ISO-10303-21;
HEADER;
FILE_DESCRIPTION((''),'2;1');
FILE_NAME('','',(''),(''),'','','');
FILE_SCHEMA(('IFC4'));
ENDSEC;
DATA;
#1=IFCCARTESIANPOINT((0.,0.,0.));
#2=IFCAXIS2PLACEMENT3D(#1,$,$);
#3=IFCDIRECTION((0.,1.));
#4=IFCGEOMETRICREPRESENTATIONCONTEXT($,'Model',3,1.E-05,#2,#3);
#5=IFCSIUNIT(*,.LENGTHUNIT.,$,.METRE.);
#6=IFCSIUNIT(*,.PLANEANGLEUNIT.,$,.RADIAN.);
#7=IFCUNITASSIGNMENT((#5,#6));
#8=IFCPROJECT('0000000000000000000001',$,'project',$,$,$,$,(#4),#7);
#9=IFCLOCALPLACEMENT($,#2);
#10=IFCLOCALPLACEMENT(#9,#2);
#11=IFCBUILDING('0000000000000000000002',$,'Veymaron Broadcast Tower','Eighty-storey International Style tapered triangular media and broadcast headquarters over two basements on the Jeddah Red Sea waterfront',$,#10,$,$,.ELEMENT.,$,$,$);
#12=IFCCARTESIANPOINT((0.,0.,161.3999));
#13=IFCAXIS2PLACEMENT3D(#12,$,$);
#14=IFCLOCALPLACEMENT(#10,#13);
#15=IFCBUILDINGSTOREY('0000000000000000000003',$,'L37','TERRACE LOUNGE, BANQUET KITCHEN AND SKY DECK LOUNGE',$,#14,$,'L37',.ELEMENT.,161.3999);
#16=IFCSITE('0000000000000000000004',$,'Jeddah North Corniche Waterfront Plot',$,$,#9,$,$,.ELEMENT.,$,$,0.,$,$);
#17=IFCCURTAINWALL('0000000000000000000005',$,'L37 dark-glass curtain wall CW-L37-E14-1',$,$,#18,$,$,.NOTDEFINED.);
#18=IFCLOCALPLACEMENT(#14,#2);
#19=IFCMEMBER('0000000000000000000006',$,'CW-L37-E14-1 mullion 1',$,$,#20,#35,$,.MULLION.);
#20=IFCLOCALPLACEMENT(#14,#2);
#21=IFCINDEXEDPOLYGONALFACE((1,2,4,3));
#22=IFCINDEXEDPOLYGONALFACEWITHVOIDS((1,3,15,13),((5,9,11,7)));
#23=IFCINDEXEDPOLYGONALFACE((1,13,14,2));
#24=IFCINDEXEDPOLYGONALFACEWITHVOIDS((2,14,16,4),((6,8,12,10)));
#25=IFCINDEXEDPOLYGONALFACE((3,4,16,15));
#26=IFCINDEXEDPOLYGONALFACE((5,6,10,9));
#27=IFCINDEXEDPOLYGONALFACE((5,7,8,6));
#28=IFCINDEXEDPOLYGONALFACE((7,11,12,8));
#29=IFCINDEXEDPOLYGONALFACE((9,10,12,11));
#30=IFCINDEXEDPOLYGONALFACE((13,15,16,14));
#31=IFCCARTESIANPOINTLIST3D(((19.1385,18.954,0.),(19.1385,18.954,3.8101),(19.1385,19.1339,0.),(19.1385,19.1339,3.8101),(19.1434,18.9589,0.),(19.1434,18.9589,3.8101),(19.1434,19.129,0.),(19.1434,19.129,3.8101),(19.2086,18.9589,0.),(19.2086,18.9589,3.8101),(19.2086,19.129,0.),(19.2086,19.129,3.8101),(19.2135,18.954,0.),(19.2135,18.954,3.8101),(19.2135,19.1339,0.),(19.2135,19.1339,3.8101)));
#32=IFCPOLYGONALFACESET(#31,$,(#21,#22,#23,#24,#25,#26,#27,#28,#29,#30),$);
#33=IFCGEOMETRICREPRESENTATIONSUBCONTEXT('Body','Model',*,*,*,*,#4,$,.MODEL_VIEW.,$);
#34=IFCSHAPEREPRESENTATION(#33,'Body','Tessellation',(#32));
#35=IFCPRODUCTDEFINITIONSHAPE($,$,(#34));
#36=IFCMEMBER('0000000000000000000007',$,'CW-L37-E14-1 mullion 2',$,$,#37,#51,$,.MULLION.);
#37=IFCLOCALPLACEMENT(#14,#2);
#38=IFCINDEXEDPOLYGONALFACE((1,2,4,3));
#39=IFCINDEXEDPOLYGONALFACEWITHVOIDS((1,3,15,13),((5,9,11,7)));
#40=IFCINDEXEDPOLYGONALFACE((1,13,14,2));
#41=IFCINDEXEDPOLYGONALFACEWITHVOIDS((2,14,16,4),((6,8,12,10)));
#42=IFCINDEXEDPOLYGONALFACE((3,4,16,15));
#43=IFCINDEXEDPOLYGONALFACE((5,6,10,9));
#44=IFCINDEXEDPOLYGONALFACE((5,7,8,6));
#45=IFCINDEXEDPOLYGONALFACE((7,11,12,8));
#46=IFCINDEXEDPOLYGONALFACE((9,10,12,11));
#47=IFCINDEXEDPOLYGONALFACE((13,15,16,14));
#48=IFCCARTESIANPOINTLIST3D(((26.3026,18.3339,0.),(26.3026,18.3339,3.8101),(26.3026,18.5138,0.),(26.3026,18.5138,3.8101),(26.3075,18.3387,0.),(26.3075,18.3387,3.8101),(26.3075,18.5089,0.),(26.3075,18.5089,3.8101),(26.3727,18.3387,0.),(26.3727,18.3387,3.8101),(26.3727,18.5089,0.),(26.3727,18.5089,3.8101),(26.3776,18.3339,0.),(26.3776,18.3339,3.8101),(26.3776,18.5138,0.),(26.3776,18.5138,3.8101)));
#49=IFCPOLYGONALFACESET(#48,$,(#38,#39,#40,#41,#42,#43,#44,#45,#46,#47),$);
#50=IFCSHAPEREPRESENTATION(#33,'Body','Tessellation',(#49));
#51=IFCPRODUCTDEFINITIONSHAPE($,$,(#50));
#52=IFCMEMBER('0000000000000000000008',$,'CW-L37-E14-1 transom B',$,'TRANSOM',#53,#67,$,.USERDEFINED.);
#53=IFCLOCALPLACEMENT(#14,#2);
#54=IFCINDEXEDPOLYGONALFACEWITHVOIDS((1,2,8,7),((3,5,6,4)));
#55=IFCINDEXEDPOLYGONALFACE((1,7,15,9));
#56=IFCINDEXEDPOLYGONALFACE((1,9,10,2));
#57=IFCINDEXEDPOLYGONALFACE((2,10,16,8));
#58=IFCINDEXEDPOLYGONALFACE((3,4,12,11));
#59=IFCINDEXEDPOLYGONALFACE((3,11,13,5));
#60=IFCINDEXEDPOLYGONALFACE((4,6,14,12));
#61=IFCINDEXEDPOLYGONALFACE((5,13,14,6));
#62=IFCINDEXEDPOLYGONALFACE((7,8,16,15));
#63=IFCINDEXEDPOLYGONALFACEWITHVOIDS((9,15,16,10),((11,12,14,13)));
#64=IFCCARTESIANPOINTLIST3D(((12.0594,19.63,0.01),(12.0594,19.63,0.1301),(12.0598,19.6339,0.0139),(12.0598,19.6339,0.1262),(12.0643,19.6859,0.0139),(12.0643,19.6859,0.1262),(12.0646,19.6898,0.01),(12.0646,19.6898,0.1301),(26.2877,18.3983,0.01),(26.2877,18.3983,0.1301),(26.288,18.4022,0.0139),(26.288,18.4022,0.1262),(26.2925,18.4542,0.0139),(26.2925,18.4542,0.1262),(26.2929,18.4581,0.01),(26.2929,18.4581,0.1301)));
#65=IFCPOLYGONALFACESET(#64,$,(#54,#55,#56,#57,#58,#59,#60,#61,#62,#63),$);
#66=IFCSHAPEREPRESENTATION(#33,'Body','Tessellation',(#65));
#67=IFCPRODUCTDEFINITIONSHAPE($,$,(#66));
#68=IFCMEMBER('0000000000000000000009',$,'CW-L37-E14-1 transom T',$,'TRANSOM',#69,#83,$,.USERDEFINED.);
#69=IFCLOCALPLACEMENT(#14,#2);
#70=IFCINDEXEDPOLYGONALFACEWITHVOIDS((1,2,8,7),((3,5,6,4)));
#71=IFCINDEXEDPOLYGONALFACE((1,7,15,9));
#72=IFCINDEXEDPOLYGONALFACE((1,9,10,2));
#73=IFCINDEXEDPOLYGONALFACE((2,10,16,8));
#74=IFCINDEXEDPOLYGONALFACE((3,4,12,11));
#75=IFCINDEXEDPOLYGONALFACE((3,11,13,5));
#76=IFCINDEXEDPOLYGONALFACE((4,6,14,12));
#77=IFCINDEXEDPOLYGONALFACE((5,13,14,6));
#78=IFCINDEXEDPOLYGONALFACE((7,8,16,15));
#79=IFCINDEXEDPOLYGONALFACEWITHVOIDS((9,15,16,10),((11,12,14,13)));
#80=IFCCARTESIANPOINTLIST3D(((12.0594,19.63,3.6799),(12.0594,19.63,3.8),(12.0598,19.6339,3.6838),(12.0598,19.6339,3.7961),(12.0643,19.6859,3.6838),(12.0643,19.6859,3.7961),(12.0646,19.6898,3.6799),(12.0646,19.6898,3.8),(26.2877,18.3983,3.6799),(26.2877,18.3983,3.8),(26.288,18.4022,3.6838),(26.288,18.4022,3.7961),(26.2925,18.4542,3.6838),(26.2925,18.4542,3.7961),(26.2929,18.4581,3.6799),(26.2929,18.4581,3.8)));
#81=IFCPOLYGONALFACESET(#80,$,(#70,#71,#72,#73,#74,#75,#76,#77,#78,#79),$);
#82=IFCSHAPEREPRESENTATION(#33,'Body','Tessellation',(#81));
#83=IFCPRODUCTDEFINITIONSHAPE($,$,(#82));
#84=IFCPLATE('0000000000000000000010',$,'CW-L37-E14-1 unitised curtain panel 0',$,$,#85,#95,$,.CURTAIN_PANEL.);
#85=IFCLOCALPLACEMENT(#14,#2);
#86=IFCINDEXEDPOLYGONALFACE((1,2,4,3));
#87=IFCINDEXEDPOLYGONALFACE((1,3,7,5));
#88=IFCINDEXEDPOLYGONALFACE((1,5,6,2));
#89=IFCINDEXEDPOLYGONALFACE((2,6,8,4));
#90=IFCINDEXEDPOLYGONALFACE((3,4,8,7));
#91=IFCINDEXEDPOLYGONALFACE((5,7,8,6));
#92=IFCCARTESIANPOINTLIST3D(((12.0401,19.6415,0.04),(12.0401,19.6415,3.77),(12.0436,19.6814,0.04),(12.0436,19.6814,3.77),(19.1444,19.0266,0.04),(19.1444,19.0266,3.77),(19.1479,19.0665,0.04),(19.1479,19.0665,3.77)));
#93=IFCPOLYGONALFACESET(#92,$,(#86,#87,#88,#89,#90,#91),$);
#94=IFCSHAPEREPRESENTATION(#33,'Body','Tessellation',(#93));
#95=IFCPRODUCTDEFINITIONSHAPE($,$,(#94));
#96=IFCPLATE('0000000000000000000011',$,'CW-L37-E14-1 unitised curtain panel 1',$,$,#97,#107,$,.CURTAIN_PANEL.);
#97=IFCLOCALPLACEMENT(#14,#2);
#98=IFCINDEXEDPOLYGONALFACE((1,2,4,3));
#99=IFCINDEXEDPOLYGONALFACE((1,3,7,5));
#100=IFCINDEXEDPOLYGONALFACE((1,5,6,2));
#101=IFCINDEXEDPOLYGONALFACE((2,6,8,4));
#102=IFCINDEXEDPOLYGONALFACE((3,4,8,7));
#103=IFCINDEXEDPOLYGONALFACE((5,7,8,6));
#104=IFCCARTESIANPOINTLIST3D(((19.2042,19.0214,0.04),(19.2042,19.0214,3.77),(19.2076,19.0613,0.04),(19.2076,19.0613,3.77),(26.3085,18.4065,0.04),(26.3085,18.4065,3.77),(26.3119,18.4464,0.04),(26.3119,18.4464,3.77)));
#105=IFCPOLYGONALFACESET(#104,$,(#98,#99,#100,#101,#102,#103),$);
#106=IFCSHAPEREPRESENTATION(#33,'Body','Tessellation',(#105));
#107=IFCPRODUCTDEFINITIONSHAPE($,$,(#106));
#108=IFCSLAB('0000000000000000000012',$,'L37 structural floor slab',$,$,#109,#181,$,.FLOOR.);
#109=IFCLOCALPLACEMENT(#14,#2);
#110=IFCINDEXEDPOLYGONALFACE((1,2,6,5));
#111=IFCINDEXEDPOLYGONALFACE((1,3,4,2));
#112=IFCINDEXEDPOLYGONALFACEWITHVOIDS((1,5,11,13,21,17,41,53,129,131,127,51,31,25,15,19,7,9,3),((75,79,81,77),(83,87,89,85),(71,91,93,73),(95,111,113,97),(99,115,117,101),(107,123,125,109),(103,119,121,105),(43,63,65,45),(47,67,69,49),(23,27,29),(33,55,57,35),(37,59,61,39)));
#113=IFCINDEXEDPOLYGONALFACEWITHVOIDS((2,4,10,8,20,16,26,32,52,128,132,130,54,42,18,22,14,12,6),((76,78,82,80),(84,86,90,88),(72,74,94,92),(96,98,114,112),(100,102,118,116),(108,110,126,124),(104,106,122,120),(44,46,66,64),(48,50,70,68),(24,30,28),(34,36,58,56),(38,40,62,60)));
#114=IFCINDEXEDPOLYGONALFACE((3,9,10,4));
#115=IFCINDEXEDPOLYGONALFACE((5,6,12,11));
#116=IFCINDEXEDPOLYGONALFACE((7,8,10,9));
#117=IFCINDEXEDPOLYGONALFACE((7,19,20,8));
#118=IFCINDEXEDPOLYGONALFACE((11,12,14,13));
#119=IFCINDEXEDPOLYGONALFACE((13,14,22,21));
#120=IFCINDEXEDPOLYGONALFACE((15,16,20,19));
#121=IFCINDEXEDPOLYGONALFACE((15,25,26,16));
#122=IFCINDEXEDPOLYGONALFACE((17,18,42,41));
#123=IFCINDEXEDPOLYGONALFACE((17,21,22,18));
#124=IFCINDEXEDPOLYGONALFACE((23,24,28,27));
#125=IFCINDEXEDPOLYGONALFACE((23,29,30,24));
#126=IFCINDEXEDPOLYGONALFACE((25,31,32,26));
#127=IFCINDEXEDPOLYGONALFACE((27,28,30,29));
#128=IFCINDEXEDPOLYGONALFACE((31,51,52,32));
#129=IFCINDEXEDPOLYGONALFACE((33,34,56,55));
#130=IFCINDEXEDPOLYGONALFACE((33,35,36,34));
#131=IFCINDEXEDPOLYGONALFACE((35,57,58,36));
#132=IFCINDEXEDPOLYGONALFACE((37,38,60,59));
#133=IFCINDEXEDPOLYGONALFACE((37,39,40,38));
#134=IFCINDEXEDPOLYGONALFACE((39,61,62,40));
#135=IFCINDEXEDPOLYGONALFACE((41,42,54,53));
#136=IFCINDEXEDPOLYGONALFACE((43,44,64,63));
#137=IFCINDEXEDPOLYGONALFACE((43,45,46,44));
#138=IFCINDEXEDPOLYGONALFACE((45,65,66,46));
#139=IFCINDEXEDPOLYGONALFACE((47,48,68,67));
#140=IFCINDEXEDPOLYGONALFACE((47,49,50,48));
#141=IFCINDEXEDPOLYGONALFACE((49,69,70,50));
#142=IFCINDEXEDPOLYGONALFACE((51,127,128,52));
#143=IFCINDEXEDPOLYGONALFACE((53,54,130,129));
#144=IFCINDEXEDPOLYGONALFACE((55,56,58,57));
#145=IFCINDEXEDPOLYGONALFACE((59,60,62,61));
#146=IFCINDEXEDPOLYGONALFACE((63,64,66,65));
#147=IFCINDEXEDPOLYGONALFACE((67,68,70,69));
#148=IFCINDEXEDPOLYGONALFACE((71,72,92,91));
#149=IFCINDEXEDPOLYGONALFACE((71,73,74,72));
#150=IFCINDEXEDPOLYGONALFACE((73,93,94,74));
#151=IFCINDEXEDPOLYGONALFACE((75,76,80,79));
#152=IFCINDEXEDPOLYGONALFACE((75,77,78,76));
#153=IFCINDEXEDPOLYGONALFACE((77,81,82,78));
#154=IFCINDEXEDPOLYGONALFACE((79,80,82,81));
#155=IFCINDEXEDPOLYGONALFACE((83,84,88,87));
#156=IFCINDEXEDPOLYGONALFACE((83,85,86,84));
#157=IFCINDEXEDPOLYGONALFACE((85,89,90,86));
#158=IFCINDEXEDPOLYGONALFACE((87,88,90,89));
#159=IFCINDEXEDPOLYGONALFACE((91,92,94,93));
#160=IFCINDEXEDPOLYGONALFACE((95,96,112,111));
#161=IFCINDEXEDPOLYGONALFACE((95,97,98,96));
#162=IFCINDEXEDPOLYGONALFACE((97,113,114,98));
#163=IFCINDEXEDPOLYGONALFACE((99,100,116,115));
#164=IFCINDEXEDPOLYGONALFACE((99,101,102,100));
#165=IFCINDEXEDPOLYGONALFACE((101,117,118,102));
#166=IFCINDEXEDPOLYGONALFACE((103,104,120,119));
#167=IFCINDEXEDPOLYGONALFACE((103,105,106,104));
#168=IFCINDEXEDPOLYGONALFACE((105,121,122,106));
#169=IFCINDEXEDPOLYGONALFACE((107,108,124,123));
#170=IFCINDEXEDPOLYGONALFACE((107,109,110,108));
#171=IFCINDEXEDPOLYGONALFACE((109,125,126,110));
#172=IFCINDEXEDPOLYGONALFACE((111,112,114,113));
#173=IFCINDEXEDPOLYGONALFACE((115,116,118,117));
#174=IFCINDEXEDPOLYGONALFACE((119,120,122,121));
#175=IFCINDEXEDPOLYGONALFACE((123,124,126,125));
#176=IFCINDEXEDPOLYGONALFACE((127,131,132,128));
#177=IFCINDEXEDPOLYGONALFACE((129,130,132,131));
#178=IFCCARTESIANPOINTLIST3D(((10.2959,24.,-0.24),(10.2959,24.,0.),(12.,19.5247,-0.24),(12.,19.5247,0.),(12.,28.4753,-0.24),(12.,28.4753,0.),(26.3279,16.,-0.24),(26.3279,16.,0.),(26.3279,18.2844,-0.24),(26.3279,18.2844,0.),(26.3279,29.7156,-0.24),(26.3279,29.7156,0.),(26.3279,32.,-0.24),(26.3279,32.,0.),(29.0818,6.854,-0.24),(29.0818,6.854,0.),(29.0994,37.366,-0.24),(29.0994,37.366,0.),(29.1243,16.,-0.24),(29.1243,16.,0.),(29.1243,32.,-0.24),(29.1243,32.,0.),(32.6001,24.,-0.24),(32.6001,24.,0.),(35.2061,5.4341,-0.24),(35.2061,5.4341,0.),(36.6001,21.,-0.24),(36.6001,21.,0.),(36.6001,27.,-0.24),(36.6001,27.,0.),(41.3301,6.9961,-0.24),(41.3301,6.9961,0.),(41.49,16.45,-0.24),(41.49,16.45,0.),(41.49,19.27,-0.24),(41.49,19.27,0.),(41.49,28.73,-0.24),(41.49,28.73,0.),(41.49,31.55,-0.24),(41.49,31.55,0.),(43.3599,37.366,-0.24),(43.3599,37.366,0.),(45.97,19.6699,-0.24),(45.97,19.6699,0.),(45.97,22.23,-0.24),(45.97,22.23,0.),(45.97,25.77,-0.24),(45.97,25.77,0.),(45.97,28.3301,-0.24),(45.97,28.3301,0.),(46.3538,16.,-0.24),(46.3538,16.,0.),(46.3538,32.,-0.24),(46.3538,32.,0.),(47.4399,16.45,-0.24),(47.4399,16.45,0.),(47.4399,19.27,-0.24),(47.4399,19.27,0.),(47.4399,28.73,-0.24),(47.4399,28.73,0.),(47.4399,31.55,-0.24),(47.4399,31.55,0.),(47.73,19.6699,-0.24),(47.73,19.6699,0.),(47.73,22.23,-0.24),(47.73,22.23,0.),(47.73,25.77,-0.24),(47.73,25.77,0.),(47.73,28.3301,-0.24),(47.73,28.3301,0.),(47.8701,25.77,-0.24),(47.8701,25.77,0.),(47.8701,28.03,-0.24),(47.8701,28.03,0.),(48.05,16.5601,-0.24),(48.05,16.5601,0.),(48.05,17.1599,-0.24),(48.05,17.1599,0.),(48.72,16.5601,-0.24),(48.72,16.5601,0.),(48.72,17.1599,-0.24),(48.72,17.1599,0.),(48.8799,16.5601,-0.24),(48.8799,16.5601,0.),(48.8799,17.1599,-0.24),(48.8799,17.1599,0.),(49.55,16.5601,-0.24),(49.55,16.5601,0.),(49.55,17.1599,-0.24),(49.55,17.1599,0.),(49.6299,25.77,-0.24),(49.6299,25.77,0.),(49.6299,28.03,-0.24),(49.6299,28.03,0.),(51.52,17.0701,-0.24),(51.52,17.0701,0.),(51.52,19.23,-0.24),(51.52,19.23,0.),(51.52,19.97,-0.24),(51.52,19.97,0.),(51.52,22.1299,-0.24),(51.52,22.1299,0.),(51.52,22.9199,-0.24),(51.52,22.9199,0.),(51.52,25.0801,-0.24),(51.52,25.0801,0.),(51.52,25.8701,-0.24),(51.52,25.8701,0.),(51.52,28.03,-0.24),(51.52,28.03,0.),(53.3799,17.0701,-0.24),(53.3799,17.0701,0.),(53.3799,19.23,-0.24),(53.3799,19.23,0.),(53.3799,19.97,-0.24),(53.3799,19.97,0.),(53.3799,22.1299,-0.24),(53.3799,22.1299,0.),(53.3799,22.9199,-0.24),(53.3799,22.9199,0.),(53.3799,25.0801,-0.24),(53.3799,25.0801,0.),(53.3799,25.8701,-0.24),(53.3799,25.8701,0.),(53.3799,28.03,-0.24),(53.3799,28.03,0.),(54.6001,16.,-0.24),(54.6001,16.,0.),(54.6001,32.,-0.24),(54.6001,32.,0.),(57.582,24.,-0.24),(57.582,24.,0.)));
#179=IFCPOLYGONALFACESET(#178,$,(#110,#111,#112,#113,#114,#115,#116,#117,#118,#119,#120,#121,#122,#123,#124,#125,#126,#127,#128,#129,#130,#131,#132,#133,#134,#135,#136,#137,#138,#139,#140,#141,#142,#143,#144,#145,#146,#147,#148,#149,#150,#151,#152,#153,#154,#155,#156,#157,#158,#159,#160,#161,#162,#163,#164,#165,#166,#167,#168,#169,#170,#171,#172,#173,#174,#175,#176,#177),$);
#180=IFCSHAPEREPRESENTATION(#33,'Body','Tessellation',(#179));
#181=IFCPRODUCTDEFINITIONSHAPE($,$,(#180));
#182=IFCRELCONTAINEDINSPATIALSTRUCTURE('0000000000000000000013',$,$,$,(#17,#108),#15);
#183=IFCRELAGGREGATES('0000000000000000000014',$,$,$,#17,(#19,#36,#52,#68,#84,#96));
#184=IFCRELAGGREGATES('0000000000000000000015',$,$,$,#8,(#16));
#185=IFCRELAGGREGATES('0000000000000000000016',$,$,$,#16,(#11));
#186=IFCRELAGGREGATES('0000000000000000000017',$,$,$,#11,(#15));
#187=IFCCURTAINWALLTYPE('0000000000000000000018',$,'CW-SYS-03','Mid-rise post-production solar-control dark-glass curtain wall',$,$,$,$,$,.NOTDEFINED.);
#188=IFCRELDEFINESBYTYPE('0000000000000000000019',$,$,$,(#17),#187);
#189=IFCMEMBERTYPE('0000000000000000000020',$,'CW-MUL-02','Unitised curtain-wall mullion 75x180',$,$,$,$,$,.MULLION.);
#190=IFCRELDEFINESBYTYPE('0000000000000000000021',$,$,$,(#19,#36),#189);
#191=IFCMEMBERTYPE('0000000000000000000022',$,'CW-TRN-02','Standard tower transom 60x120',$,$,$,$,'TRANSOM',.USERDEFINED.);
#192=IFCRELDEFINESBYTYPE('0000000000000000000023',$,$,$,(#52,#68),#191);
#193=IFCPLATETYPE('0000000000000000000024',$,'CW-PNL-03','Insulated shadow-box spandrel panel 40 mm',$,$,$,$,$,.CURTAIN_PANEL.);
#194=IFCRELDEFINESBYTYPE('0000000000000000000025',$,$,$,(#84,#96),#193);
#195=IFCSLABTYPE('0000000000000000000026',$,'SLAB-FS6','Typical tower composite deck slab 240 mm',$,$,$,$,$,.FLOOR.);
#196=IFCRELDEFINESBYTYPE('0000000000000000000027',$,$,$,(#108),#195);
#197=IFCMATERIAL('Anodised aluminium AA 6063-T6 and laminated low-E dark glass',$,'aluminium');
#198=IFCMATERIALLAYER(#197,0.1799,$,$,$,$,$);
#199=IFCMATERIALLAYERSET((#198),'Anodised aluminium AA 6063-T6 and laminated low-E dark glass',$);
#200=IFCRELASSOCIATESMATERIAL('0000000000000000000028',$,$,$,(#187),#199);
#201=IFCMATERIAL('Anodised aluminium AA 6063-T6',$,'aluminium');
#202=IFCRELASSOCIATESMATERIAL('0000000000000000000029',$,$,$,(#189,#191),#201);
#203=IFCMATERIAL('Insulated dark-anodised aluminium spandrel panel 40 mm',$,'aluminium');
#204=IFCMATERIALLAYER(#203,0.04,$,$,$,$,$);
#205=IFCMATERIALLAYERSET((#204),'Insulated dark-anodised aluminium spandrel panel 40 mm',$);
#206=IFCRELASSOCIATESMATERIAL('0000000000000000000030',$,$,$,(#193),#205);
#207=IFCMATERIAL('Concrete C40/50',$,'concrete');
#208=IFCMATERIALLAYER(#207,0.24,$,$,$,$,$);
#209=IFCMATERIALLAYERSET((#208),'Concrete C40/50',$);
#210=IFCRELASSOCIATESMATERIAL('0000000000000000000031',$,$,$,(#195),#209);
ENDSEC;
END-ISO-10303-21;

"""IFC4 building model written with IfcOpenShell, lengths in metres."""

from ifc_helpers import new_model, si_unit, direction, frame, origin, origin_2d, place, context, subcontext, project, spatial, polyline, rectangle, hollow_rectangle, outline, extrude, material, layer, layer_set, material_profile, profile_set, type_object, element, aggregate, save


model = new_model("IFC4")

# Units and contexts
model_context = context("Model", 3, precision=1e-05, world=origin(), true_north=direction((0.0, 1.0)))
body_context = subcontext(model_context, "Body", "Model", "MODEL_VIEW")
ifc_project = project(units=[si_unit("LENGTHUNIT", "METRE"), si_unit("PLANEANGLEUNIT", "RADIAN")], contexts=[model_context])

# Site, building, storey
site_placement = place(None, origin())
site = spatial("IfcSite", under=ifc_project, at=site_placement, Name="Jeddah North Corniche Waterfront Plot", CompositionType="ELEMENT", RefElevation=0.0)
building_placement = place(site_placement, origin())
building = spatial("IfcBuilding", under=site, at=building_placement, Name="Veymaron Broadcast Tower", Description="Eighty-storey International Style tapered triangular media and broadcast headquarters over two basements on the Jeddah Red Sea waterfront", CompositionType="ELEMENT")
storey_placement = place(building_placement, frame((0.0, 0.0, 161.3999)))
storey = spatial("IfcBuildingStorey", under=building, at=storey_placement, Name="L37", Description="TERRACE LOUNGE, BANQUET KITCHEN AND SKY DECK LOUNGE", LongName="L37", CompositionType="ELEMENT", Elevation=161.3999)

# Curtain wall, members, plates
ifc_material_1 = material(Name="Anodised aluminium AA 6063-T6 and laminated low-E dark glass", Category="aluminium")
ifc_layer_1 = layer(ifc_material_1, 0.1799)
ifc_layer_set_1 = layer_set([ifc_layer_1], Name="Anodised aluminium AA 6063-T6 and laminated low-E dark glass")
curtain_wall_type = type_object("IfcCurtainWallType", Name="CW-SYS-03", Description="Mid-rise post-production solar-control dark-glass curtain wall", PredefinedType="NOTDEFINED", material=ifc_layer_set_1)
curtain_wall_placement = place(storey_placement, origin())
curtain_wall = element("IfcCurtainWall", 1, at=curtain_wall_placement, inside=storey, type_object=curtain_wall_type, Name="L37 dark-glass curtain wall CW-L37-E14-1", PredefinedType="NOTDEFINED")
ifc_material_2 = material(Name="Anodised aluminium AA 6063-T6", Category="aluminium")
ifc_material_profile_1 = material_profile(ifc_material_2, hollow_rectangle(XDim=0.075, YDim=0.1799, WallThickness=0.0049, at=origin_2d()), Name="AL180X75X5")
ifc_profile_set_1 = profile_set([ifc_material_profile_1], Name="Anodised aluminium AA 6063-T6")
member_type_1 = type_object("IfcMemberType", Name="CW-MUL-02", Description="Unitised curtain-wall mullion 75x180", PredefinedType="MULLION", material=ifc_profile_set_1)
member_1_placement = place(storey_placement, frame((19.176, 19.0439, 0.0), z_axis=(0.0, 0.0, 1.0), x_axis=(1.0, 0.0, 0.0)))
member_1 = element("IfcMember", 2, at=member_1_placement, type_object=member_type_1, Name="CW-L37-E14-1 mullion 1", PredefinedType="MULLION", context=body_context, shape_type="SweptSolid", body=[
    extrude(hollow_rectangle(XDim=0.075, YDim=0.1799, WallThickness=0.0049, at=origin_2d()), origin(), (0.0, 0.0, 1.0), 3.8101),
])
member_2_placement = place(storey_placement, frame((26.3401, 18.4238, 0.0), z_axis=(0.0, 0.0, 1.0), x_axis=(1.0, 0.0, 0.0)))
member_2 = element("IfcMember", 3, at=member_2_placement, type_object=member_type_1, Name="CW-L37-E14-1 mullion 2", PredefinedType="MULLION", context=body_context, shape_type="SweptSolid", body=[
    extrude(hollow_rectangle(XDim=0.075, YDim=0.1799, WallThickness=0.0049, at=origin_2d()), origin(), (0.0, 0.0, 1.0), 3.8101),
])
ifc_material_profile_2 = material_profile(ifc_material_2, hollow_rectangle(XDim=0.0601, YDim=0.1201, WallThickness=0.0039, at=origin_2d()), Name="AL120X60X4")
ifc_profile_set_2 = profile_set([ifc_material_profile_2], Name="Anodised aluminium AA 6063-T6")
member_type_2 = type_object("IfcMemberType", Name="CW-TRN-02", Description="Standard tower transom 60x120", ElementType="TRANSOM", PredefinedType="USERDEFINED", material=ifc_profile_set_2)
member_3_placement = place(storey_placement, frame((12.062, 19.6599, 0.0701), z_axis=(0.996274, -0.086244, 0.0), x_axis=(0.086244, 0.996274, 0.0)))
member_3 = element("IfcMember", 4, at=member_3_placement, type_object=member_type_2, Name="CW-L37-E14-1 transom B", ObjectType="TRANSOM", PredefinedType="USERDEFINED", context=body_context, shape_type="SweptSolid", body=[
    extrude(hollow_rectangle(XDim=0.0601, YDim=0.1201, WallThickness=0.0039, at=origin_2d()), origin(), (0.0, 0.0, 1.0), 14.2815),
])
member_4_placement = place(storey_placement, frame((12.062, 19.6599, 3.74), z_axis=(0.996274, -0.086244, 0.0), x_axis=(0.086244, 0.996274, 0.0)))
member_4 = element("IfcMember", 5, at=member_4_placement, type_object=member_type_2, Name="CW-L37-E14-1 transom T", ObjectType="TRANSOM", PredefinedType="USERDEFINED", context=body_context, shape_type="SweptSolid", body=[
    extrude(hollow_rectangle(XDim=0.0601, YDim=0.1201, WallThickness=0.0039, at=origin_2d()), origin(), (0.0, 0.0, 1.0), 14.2815),
])
ifc_material_3 = material(Name="Insulated dark-anodised aluminium spandrel panel 40 mm", Category="aluminium")
ifc_layer_2 = layer(ifc_material_3, 0.04)
ifc_layer_set_2 = layer_set([ifc_layer_2], Name="Insulated dark-anodised aluminium spandrel panel 40 mm")
plate_type = type_object("IfcPlateType", Name="CW-PNL-03", Description="Insulated shadow-box spandrel panel 40 mm", PredefinedType="CURTAIN_PANEL", material=ifc_layer_set_2)
plate_1_placement = place(storey_placement, frame((15.594, 19.354, 0.04), z_axis=(0.0, 0.0, 1.0), x_axis=(0.996275, -0.086234, 0.0)))
plate_1 = element("IfcPlate", 6, at=plate_1_placement, type_object=plate_type, Name="CW-L37-E14-1 unitised curtain panel 0", PredefinedType="CURTAIN_PANEL", context=body_context, shape_type="SweptSolid", body=[
    extrude(rectangle(XDim=7.1309, YDim=0.04, at=origin_2d()), origin(), (0.0, 0.0, 1.0), 3.73),
])
plate_2_placement = place(storey_placement, frame((22.7581, 18.7339, 0.04), z_axis=(0.0, 0.0, 1.0), x_axis=(0.996275, -0.086234, 0.0)))
plate_2 = element("IfcPlate", 7, at=plate_2_placement, type_object=plate_type, Name="CW-L37-E14-1 unitised curtain panel 1", PredefinedType="CURTAIN_PANEL", context=body_context, shape_type="SweptSolid", body=[
    extrude(rectangle(XDim=7.1309, YDim=0.04, at=origin_2d()), origin(), (0.0, 0.0, 1.0), 3.73),
])
aggregate(curtain_wall, [member_1, member_2, member_3, member_4, plate_1, plate_2])

# Slab
ifc_material_4 = material(Name="Concrete C40/50", Category="concrete")
ifc_layer_3 = layer(ifc_material_4, 0.24)
ifc_layer_set_3 = layer_set([ifc_layer_3], Name="Concrete C40/50")
slab_type_1 = type_object("IfcSlabType", Name="SLAB-FS6", Description="Typical tower composite deck slab 240 mm", PredefinedType="FLOOR", material=ifc_layer_set_3)
slab_1_placement = place(storey_placement, frame((0.0, 0.0, -0.24)))
element("IfcSlab", 8, at=slab_1_placement, inside=storey, type_object=slab_type_1, Name="L37 structural floor slab", PredefinedType="FLOOR", context=body_context, shape_type="SweptSolid", body=[
    extrude(outline(polyline([(41.3301, 6.9961), (46.3538, 16.0), (54.6001, 16.0), (57.582, 24.0), (54.6001, 32.0), (46.3538, 32.0), (43.3599, 37.366), (29.0994, 37.366), (29.1243, 32.0), (26.3279, 32.0), (26.3279, 29.7156), (12.0, 28.4753), (10.2959, 24.0), (12.0, 19.5247), (26.3279, 18.2844), (26.3279, 16.0), (29.1243, 16.0), (29.0818, 6.854), (35.2061, 5.4341), (41.3301, 6.9961)]), holes=[polyline([(45.97, 28.3301), (47.73, 28.3301), (47.73, 25.77), (45.97, 25.77), (45.97, 28.3301)]), polyline([(45.97, 22.23), (47.73, 22.23), (47.73, 19.6699), (45.97, 19.6699), (45.97, 22.23)]), polyline([(47.8701, 28.03), (49.6299, 28.03), (49.6299, 25.77), (47.8701, 25.77), (47.8701, 28.03)]), polyline([(51.52, 28.03), (53.3799, 28.03), (53.3799, 25.8701), (51.52, 25.8701), (51.52, 28.03)]), polyline([(51.52, 22.1299), (53.3799, 22.1299), (53.3799, 19.97), (51.52, 19.97), (51.52, 22.1299)]), polyline([(51.52, 25.0801), (53.3799, 25.0801), (53.3799, 22.9199), (51.52, 22.9199), (51.52, 25.0801)]), polyline([(51.52, 19.23), (53.3799, 19.23), (53.3799, 17.0701), (51.52, 17.0701), (51.52, 19.23)]), polyline([(48.05, 17.1599), (48.72, 17.1599), (48.72, 16.5601), (48.05, 16.5601), (48.05, 17.1599)]), polyline([(48.8799, 17.1599), (49.55, 17.1599), (49.55, 16.5601), (48.8799, 16.5601), (48.8799, 17.1599)]), polyline([(36.6001, 27.0), (36.6001, 21.0), (32.6001, 24.0), (36.6001, 27.0)]), polyline([(41.49, 31.55), (47.4399, 31.55), (47.4399, 28.73), (41.49, 28.73), (41.49, 31.55)]), polyline([(41.49, 19.27), (47.4399, 19.27), (47.4399, 16.45), (41.49, 16.45), (41.49, 19.27)])]), origin(), (0.0, 0.0, 1.0), 0.24),
])

save(model, "model.ifc")
